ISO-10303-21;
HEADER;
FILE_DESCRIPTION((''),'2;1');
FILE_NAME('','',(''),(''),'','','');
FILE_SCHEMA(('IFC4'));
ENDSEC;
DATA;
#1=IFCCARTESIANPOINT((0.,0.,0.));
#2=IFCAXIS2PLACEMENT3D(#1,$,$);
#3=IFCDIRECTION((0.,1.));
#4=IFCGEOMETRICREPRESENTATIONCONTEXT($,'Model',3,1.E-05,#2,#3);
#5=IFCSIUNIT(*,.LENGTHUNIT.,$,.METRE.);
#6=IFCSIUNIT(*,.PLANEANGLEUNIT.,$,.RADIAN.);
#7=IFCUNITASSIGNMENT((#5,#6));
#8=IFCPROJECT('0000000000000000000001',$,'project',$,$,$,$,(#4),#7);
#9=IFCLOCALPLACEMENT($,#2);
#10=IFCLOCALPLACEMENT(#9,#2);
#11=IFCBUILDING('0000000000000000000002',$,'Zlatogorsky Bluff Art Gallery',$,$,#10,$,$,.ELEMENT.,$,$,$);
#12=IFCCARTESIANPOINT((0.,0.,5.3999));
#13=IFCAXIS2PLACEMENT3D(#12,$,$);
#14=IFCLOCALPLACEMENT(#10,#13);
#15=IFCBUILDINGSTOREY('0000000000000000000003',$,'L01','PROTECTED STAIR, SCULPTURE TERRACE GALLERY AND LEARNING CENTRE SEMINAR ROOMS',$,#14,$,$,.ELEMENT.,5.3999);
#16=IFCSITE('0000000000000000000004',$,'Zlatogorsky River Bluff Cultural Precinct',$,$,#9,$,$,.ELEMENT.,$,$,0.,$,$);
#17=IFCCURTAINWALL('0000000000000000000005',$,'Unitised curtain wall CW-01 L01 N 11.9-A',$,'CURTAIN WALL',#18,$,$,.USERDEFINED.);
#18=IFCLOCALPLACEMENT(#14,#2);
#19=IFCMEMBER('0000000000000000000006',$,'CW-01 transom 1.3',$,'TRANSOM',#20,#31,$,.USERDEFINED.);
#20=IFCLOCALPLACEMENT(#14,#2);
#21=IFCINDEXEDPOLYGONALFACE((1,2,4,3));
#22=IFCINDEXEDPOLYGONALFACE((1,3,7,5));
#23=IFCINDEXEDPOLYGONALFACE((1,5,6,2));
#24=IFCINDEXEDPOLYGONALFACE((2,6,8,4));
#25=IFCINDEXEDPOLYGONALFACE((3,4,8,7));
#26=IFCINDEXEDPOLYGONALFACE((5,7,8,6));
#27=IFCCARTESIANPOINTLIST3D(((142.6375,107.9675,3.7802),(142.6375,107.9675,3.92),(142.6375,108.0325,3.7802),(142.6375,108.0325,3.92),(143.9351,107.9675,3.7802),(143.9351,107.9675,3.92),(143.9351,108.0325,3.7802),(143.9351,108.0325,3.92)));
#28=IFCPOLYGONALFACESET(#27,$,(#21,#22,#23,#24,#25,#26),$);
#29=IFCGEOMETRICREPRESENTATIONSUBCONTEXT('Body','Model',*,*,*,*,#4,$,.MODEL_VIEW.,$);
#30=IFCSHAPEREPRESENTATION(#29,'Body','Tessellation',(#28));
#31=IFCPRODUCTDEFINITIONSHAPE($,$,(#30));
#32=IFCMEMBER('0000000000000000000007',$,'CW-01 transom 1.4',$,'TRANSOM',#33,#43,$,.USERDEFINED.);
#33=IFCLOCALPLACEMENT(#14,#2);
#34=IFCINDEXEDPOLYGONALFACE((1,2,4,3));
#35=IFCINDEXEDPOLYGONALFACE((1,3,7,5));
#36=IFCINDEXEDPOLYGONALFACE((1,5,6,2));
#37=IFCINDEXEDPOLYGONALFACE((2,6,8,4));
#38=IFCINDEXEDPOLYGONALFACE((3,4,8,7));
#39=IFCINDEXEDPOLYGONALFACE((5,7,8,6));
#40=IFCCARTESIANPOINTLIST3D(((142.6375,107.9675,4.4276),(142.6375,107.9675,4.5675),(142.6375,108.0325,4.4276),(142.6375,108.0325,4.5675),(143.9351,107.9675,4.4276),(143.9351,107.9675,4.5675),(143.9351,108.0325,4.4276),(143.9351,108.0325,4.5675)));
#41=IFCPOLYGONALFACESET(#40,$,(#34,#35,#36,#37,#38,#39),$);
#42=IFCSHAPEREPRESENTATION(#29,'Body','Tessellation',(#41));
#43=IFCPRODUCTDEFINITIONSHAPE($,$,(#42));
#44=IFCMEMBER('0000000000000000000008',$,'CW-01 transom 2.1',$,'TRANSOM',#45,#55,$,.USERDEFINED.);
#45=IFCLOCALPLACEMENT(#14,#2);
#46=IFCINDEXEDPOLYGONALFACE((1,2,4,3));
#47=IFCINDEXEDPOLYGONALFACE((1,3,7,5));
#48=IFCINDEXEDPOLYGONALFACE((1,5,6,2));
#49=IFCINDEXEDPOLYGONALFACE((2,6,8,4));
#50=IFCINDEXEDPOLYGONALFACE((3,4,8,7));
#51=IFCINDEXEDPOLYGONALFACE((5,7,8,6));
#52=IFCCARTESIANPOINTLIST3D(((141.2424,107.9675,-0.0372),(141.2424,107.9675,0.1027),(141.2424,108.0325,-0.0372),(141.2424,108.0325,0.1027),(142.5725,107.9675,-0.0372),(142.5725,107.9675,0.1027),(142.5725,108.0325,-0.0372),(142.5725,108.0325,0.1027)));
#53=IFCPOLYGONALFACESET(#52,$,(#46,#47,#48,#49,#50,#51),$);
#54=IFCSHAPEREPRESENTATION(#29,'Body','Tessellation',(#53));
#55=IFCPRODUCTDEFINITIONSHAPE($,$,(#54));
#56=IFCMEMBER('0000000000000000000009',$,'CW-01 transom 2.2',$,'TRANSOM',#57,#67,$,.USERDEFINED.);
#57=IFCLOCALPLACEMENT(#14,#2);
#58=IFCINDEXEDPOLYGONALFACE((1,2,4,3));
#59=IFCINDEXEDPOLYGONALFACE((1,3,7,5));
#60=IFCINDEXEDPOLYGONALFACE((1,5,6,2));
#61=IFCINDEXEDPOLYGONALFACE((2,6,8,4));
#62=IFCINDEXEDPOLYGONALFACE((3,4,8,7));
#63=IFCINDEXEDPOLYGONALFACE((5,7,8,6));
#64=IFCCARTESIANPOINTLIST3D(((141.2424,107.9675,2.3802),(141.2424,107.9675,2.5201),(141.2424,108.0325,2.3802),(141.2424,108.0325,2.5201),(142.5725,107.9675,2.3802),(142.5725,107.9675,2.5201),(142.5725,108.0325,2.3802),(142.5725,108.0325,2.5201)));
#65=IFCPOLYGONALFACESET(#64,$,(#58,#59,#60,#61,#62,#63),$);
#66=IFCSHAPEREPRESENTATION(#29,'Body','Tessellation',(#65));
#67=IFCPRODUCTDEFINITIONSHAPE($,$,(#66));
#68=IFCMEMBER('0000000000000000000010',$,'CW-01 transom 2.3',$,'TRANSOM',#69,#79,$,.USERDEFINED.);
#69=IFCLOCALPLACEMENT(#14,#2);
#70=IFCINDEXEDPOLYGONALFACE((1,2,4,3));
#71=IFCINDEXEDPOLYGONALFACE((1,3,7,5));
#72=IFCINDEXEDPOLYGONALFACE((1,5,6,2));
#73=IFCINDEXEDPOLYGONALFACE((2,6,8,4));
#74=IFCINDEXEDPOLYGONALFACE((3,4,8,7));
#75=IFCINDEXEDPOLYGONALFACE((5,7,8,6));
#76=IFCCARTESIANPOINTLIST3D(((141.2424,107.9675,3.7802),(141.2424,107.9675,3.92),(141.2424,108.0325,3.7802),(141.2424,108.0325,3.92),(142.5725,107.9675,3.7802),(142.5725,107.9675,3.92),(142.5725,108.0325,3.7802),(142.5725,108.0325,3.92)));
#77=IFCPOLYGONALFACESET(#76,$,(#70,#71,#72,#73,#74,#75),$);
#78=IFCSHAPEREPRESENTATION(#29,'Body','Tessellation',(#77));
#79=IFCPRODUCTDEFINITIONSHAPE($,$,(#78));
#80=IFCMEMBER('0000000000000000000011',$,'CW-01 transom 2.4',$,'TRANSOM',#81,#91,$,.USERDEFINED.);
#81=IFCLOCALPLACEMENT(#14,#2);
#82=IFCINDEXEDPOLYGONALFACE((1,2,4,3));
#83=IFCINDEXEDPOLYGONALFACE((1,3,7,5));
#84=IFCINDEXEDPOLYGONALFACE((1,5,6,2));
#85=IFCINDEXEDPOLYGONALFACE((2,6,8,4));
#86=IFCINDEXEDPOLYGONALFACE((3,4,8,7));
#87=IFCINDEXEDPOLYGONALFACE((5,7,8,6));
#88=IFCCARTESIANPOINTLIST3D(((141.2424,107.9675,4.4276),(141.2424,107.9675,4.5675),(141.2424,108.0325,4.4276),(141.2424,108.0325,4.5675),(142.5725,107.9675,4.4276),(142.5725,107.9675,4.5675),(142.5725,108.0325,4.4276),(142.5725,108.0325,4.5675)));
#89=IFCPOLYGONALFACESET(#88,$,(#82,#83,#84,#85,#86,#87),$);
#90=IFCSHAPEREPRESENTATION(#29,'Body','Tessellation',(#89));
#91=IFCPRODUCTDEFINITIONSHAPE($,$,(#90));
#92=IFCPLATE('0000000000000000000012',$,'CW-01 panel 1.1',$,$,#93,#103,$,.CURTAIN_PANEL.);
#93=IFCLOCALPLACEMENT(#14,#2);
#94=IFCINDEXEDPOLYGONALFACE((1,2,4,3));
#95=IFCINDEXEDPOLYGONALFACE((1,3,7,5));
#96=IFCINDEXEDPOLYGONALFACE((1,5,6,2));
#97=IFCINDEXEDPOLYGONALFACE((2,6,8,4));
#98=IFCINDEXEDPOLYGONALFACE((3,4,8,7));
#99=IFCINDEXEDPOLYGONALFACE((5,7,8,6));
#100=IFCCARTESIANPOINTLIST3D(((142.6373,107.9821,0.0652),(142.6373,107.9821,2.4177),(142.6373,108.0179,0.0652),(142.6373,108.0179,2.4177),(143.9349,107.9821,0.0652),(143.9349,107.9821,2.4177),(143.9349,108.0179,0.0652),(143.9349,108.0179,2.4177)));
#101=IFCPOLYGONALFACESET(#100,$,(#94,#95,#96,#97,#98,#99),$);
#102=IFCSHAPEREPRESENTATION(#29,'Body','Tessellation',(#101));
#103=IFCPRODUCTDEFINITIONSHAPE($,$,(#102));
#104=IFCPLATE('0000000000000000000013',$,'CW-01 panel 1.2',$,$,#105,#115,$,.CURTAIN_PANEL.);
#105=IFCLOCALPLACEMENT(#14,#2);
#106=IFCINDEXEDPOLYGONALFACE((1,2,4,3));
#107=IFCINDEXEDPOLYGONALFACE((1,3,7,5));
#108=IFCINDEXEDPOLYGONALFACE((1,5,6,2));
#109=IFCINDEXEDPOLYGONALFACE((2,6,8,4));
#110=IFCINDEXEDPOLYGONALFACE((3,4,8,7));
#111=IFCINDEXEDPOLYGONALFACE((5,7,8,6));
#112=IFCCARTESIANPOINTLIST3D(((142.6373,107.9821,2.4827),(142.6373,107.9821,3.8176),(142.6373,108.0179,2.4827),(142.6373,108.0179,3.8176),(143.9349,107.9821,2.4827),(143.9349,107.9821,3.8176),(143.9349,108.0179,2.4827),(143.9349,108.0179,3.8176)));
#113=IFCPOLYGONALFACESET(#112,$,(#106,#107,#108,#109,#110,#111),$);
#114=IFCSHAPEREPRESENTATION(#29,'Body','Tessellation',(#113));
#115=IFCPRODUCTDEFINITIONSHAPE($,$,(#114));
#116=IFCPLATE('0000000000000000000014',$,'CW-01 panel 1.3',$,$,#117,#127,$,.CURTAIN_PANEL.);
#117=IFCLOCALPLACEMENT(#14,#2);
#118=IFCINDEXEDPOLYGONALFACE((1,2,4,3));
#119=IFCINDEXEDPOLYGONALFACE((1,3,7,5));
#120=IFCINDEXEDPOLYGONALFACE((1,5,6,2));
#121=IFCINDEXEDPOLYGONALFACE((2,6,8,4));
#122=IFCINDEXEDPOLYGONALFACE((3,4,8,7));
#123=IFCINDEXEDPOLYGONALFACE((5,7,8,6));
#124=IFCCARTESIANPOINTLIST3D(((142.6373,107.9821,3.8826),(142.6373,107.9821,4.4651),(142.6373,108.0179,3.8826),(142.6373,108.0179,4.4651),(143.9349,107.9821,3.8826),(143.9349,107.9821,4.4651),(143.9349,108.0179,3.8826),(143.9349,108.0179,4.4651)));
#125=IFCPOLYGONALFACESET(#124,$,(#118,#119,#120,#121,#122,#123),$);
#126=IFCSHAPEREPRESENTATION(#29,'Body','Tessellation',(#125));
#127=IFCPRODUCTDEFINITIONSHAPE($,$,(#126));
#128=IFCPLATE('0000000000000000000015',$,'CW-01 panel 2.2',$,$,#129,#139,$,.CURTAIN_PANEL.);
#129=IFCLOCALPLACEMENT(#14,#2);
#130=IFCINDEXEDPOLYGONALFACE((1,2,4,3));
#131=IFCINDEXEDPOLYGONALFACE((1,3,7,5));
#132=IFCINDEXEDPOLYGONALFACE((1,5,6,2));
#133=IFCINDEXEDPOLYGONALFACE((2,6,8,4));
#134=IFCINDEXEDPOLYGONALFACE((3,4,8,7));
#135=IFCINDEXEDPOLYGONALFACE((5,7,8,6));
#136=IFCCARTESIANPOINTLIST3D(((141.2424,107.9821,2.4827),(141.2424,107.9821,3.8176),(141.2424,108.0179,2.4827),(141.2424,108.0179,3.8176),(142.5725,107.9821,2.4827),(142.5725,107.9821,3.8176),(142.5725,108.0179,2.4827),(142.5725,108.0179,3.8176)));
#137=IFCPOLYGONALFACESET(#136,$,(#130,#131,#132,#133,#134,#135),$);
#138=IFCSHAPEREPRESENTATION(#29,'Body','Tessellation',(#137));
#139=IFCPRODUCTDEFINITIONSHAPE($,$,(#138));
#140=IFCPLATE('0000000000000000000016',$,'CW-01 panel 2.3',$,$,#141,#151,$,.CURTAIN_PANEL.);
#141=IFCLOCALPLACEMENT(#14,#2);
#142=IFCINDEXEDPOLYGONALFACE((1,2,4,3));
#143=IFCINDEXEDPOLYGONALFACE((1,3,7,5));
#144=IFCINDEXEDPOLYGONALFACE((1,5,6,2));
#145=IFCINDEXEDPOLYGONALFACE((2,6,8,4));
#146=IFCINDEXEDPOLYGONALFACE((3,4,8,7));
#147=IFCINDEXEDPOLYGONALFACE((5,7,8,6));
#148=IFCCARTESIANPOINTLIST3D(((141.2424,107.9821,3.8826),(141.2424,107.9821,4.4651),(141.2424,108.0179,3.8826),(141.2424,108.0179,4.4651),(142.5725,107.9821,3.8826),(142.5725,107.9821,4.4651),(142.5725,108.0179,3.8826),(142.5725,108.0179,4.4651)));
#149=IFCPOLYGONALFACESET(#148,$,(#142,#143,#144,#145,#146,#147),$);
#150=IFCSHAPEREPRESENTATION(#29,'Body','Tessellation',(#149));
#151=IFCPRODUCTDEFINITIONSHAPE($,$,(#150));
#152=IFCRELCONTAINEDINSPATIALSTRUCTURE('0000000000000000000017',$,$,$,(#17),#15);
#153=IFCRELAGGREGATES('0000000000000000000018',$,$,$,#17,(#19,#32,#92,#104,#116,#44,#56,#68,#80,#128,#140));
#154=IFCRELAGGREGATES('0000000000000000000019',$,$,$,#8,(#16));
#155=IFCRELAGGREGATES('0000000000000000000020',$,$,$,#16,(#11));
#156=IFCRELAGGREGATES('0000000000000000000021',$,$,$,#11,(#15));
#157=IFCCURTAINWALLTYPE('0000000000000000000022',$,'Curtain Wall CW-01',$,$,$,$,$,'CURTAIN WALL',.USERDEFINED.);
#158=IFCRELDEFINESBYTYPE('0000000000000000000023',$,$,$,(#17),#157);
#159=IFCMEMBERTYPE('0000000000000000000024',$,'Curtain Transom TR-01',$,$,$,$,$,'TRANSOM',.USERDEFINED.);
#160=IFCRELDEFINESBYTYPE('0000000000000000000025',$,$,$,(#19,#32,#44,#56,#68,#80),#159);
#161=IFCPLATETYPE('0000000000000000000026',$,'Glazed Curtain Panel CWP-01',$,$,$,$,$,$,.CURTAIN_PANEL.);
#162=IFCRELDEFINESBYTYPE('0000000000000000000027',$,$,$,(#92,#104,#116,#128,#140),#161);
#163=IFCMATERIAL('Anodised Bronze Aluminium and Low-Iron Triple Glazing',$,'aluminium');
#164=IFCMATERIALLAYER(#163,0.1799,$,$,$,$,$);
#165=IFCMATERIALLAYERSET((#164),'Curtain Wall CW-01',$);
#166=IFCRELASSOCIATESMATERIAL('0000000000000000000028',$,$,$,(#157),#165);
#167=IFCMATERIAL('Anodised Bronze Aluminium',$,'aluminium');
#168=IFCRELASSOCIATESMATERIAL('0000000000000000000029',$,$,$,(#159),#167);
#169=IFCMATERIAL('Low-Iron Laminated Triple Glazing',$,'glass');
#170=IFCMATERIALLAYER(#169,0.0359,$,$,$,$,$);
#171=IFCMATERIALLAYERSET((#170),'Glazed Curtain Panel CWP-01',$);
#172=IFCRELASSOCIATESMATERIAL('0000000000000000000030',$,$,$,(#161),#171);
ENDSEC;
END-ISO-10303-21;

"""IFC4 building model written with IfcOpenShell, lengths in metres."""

from ifc_helpers import new_model, si_unit, direction, frame, origin, origin_2d, place, context, subcontext, project, spatial, rectangle, extrude, material, layer, layer_set, material_profile, profile_set, type_object, element, aggregate, save


model = new_model("IFC4")

# Units and contexts
model_context = context("Model", 3, precision=1e-05, world=origin(), true_north=direction((0.0, 1.0)))
body_context = subcontext(model_context, "Body", "Model", "MODEL_VIEW")
ifc_project = project(units=[si_unit("LENGTHUNIT", "METRE"), si_unit("PLANEANGLEUNIT", "RADIAN")], contexts=[model_context])

# Site, building, storey
site_placement = place(None, origin())
site = spatial("IfcSite", under=ifc_project, at=site_placement, Name="Zlatogorsky River Bluff Cultural Precinct", CompositionType="ELEMENT", RefElevation=0.0)
building_placement = place(site_placement, origin())
building = spatial("IfcBuilding", under=site, at=building_placement, Name="Zlatogorsky Bluff Art Gallery", CompositionType="ELEMENT")
storey_placement = place(building_placement, frame((0.0, 0.0, 5.3999)))
storey = spatial("IfcBuildingStorey", under=building, at=storey_placement, Name="L01", Description="PROTECTED STAIR, SCULPTURE TERRACE GALLERY AND LEARNING CENTRE SEMINAR ROOMS", CompositionType="ELEMENT", Elevation=5.3999)

# Curtain wall, members, plates
ifc_material_1 = material(Name="Anodised Bronze Aluminium and Low-Iron Triple Glazing", Category="aluminium")
ifc_layer_1 = layer(ifc_material_1, 0.1799)
ifc_layer_set_1 = layer_set([ifc_layer_1], Name="Curtain Wall CW-01")
curtain_wall_type = type_object("IfcCurtainWallType", Name="Curtain Wall CW-01", ElementType="CURTAIN WALL", PredefinedType="USERDEFINED", material=ifc_layer_set_1)
curtain_wall_placement = place(storey_placement, origin())
curtain_wall = element("IfcCurtainWall", 1, at=curtain_wall_placement, inside=storey, type_object=curtain_wall_type, Name="Unitised curtain wall CW-01 L01 N 11.9-A", ObjectType="CURTAIN WALL", PredefinedType="USERDEFINED")
ifc_material_2 = material(Name="Anodised Bronze Aluminium", Category="aluminium")
ifc_material_profile_1 = material_profile(ifc_material_2, rectangle(XDim=0.0649, YDim=0.1399, at=origin_2d()), Name="ALU TRANSOM 65x140")
ifc_profile_set_1 = profile_set([ifc_material_profile_1], Name="Anodised Bronze Aluminium")
member_type_1 = type_object("IfcMemberType", Name="Curtain Transom TR-01", ElementType="TRANSOM", PredefinedType="USERDEFINED", material=ifc_profile_set_1)
member_1_placement = place(storey_placement, frame((143.9351, 108.0, 3.8501), z_axis=(-1.0, 0.0, 0.0), x_axis=(0.0, -1.0, 0.0)))
member_1 = element("IfcMember", 2, at=member_1_placement, type_object=member_type_1, Name="CW-01 transom 1.3", ObjectType="TRANSOM", PredefinedType="USERDEFINED", context=body_context, shape_type="SweptSolid", body=[
    extrude(rectangle(XDim=0.0649, YDim=0.1399, at=origin_2d()), origin(), (0.0, 0.0, 1.0), 1.2976),
])
member_2_placement = place(storey_placement, frame((143.9351, 108.0, 4.4976), z_axis=(-1.0, 0.0, 0.0), x_axis=(0.0, -1.0, 0.0)))
member_2 = element("IfcMember", 3, at=member_2_placement, type_object=member_type_1, Name="CW-01 transom 1.4", ObjectType="TRANSOM", PredefinedType="USERDEFINED", context=body_context, shape_type="SweptSolid", body=[
    extrude(rectangle(XDim=0.0649, YDim=0.1399, at=origin_2d()), origin(), (0.0, 0.0, 1.0), 1.2976),
])
member_3_placement = place(storey_placement, frame((142.5725, 108.0, 0.0327), z_axis=(-1.0, 0.0, 0.0), x_axis=(0.0, -1.0, 0.0)))
member_3 = element("IfcMember", 4, at=member_3_placement, type_object=member_type_1, Name="CW-01 transom 2.1", ObjectType="TRANSOM", PredefinedType="USERDEFINED", context=body_context, shape_type="SweptSolid", body=[
    extrude(rectangle(XDim=0.0649, YDim=0.1399, at=origin_2d()), origin(), (0.0, 0.0, 1.0), 1.3301),
])
member_4_placement = place(storey_placement, frame((142.5725, 108.0, 2.4502), z_axis=(-1.0, 0.0, 0.0), x_axis=(0.0, -1.0, 0.0)))
member_4 = element("IfcMember", 5, at=member_4_placement, type_object=member_type_1, Name="CW-01 transom 2.2", ObjectType="TRANSOM", PredefinedType="USERDEFINED", context=body_context, shape_type="SweptSolid", body=[
    extrude(rectangle(XDim=0.0649, YDim=0.1399, at=origin_2d()), origin(), (0.0, 0.0, 1.0), 1.3301),
])
member_5_placement = place(storey_placement, frame((142.5725, 108.0, 3.8501), z_axis=(-1.0, 0.0, 0.0), x_axis=(0.0, -1.0, 0.0)))
member_5 = element("IfcMember", 6, at=member_5_placement, type_object=member_type_1, Name="CW-01 transom 2.3", ObjectType="TRANSOM", PredefinedType="USERDEFINED", context=body_context, shape_type="SweptSolid", body=[
    extrude(rectangle(XDim=0.0649, YDim=0.1399, at=origin_2d()), origin(), (0.0, 0.0, 1.0), 1.3301),
])
member_6_placement = place(storey_placement, frame((142.5725, 108.0, 4.4976), z_axis=(-1.0, 0.0, 0.0), x_axis=(0.0, -1.0, 0.0)))
member_6 = element("IfcMember", 7, at=member_6_placement, type_object=member_type_1, Name="CW-01 transom 2.4", ObjectType="TRANSOM", PredefinedType="USERDEFINED", context=body_context, shape_type="SweptSolid", body=[
    extrude(rectangle(XDim=0.0649, YDim=0.1399, at=origin_2d()), origin(), (0.0, 0.0, 1.0), 1.3301),
])
ifc_material_3 = material(Name="Low-Iron Laminated Triple Glazing", Category="glass")
ifc_layer_2 = layer(ifc_material_3, 0.0359)
ifc_layer_set_2 = layer_set([ifc_layer_2], Name="Glazed Curtain Panel CWP-01")
plate_type = type_object("IfcPlateType", Name="Glazed Curtain Panel CWP-01", PredefinedType="CURTAIN_PANEL", material=ifc_layer_set_2)
plate_1_placement = place(storey_placement, frame((143.2861, 108.0, 0.0652), z_axis=(0.0, 0.0, 1.0), x_axis=(-1.0, 0.0, 0.0)))
plate_1 = element("IfcPlate", 8, at=plate_1_placement, type_object=plate_type, Name="CW-01 panel 1.1", PredefinedType="CURTAIN_PANEL", context=body_context, shape_type="SweptSolid", body=[
    extrude(rectangle(XDim=1.2976, YDim=0.0359, at=origin_2d()), origin(), (0.0, 0.0, 1.0), 2.3525),
])
plate_2_placement = place(storey_placement, frame((143.2861, 108.0, 2.4827), z_axis=(0.0, 0.0, 1.0), x_axis=(-1.0, 0.0, 0.0)))
plate_2 = element("IfcPlate", 9, at=plate_2_placement, type_object=plate_type, Name="CW-01 panel 1.2", PredefinedType="CURTAIN_PANEL", context=body_context, shape_type="SweptSolid", body=[
    extrude(rectangle(XDim=1.2976, YDim=0.0359, at=origin_2d()), origin(), (0.0, 0.0, 1.0), 1.335),
])
plate_3_placement = place(storey_placement, frame((143.2861, 108.0, 3.8826), z_axis=(0.0, 0.0, 1.0), x_axis=(-1.0, 0.0, 0.0)))
plate_3 = element("IfcPlate", 10, at=plate_3_placement, type_object=plate_type, Name="CW-01 panel 1.3", PredefinedType="CURTAIN_PANEL", context=body_context, shape_type="SweptSolid", body=[
    extrude(rectangle(XDim=1.2976, YDim=0.0359, at=origin_2d()), origin(), (0.0, 0.0, 1.0), 0.5825),
])
plate_4_placement = place(storey_placement, frame((141.9075, 108.0, 2.4827), z_axis=(0.0, 0.0, 1.0), x_axis=(-1.0, 0.0, 0.0)))
plate_4 = element("IfcPlate", 11, at=plate_4_placement, type_object=plate_type, Name="CW-01 panel 2.2", PredefinedType="CURTAIN_PANEL", context=body_context, shape_type="SweptSolid", body=[
    extrude(rectangle(XDim=1.3301, YDim=0.0359, at=origin_2d()), origin(), (0.0, 0.0, 1.0), 1.335),
])
plate_5_placement = place(storey_placement, frame((141.9075, 108.0, 3.8826), z_axis=(0.0, 0.0, 1.0), x_axis=(-1.0, 0.0, 0.0)))
plate_5 = element("IfcPlate", 12, at=plate_5_placement, type_object=plate_type, Name="CW-01 panel 2.3", PredefinedType="CURTAIN_PANEL", context=body_context, shape_type="SweptSolid", body=[
    extrude(rectangle(XDim=1.3301, YDim=0.0359, at=origin_2d()), origin(), (0.0, 0.0, 1.0), 0.5825),
])
aggregate(curtain_wall, [member_1, member_2, plate_1, plate_2, plate_3, member_3, member_4, member_5, member_6, plate_4, plate_5])

save(model, "model.ifc")
